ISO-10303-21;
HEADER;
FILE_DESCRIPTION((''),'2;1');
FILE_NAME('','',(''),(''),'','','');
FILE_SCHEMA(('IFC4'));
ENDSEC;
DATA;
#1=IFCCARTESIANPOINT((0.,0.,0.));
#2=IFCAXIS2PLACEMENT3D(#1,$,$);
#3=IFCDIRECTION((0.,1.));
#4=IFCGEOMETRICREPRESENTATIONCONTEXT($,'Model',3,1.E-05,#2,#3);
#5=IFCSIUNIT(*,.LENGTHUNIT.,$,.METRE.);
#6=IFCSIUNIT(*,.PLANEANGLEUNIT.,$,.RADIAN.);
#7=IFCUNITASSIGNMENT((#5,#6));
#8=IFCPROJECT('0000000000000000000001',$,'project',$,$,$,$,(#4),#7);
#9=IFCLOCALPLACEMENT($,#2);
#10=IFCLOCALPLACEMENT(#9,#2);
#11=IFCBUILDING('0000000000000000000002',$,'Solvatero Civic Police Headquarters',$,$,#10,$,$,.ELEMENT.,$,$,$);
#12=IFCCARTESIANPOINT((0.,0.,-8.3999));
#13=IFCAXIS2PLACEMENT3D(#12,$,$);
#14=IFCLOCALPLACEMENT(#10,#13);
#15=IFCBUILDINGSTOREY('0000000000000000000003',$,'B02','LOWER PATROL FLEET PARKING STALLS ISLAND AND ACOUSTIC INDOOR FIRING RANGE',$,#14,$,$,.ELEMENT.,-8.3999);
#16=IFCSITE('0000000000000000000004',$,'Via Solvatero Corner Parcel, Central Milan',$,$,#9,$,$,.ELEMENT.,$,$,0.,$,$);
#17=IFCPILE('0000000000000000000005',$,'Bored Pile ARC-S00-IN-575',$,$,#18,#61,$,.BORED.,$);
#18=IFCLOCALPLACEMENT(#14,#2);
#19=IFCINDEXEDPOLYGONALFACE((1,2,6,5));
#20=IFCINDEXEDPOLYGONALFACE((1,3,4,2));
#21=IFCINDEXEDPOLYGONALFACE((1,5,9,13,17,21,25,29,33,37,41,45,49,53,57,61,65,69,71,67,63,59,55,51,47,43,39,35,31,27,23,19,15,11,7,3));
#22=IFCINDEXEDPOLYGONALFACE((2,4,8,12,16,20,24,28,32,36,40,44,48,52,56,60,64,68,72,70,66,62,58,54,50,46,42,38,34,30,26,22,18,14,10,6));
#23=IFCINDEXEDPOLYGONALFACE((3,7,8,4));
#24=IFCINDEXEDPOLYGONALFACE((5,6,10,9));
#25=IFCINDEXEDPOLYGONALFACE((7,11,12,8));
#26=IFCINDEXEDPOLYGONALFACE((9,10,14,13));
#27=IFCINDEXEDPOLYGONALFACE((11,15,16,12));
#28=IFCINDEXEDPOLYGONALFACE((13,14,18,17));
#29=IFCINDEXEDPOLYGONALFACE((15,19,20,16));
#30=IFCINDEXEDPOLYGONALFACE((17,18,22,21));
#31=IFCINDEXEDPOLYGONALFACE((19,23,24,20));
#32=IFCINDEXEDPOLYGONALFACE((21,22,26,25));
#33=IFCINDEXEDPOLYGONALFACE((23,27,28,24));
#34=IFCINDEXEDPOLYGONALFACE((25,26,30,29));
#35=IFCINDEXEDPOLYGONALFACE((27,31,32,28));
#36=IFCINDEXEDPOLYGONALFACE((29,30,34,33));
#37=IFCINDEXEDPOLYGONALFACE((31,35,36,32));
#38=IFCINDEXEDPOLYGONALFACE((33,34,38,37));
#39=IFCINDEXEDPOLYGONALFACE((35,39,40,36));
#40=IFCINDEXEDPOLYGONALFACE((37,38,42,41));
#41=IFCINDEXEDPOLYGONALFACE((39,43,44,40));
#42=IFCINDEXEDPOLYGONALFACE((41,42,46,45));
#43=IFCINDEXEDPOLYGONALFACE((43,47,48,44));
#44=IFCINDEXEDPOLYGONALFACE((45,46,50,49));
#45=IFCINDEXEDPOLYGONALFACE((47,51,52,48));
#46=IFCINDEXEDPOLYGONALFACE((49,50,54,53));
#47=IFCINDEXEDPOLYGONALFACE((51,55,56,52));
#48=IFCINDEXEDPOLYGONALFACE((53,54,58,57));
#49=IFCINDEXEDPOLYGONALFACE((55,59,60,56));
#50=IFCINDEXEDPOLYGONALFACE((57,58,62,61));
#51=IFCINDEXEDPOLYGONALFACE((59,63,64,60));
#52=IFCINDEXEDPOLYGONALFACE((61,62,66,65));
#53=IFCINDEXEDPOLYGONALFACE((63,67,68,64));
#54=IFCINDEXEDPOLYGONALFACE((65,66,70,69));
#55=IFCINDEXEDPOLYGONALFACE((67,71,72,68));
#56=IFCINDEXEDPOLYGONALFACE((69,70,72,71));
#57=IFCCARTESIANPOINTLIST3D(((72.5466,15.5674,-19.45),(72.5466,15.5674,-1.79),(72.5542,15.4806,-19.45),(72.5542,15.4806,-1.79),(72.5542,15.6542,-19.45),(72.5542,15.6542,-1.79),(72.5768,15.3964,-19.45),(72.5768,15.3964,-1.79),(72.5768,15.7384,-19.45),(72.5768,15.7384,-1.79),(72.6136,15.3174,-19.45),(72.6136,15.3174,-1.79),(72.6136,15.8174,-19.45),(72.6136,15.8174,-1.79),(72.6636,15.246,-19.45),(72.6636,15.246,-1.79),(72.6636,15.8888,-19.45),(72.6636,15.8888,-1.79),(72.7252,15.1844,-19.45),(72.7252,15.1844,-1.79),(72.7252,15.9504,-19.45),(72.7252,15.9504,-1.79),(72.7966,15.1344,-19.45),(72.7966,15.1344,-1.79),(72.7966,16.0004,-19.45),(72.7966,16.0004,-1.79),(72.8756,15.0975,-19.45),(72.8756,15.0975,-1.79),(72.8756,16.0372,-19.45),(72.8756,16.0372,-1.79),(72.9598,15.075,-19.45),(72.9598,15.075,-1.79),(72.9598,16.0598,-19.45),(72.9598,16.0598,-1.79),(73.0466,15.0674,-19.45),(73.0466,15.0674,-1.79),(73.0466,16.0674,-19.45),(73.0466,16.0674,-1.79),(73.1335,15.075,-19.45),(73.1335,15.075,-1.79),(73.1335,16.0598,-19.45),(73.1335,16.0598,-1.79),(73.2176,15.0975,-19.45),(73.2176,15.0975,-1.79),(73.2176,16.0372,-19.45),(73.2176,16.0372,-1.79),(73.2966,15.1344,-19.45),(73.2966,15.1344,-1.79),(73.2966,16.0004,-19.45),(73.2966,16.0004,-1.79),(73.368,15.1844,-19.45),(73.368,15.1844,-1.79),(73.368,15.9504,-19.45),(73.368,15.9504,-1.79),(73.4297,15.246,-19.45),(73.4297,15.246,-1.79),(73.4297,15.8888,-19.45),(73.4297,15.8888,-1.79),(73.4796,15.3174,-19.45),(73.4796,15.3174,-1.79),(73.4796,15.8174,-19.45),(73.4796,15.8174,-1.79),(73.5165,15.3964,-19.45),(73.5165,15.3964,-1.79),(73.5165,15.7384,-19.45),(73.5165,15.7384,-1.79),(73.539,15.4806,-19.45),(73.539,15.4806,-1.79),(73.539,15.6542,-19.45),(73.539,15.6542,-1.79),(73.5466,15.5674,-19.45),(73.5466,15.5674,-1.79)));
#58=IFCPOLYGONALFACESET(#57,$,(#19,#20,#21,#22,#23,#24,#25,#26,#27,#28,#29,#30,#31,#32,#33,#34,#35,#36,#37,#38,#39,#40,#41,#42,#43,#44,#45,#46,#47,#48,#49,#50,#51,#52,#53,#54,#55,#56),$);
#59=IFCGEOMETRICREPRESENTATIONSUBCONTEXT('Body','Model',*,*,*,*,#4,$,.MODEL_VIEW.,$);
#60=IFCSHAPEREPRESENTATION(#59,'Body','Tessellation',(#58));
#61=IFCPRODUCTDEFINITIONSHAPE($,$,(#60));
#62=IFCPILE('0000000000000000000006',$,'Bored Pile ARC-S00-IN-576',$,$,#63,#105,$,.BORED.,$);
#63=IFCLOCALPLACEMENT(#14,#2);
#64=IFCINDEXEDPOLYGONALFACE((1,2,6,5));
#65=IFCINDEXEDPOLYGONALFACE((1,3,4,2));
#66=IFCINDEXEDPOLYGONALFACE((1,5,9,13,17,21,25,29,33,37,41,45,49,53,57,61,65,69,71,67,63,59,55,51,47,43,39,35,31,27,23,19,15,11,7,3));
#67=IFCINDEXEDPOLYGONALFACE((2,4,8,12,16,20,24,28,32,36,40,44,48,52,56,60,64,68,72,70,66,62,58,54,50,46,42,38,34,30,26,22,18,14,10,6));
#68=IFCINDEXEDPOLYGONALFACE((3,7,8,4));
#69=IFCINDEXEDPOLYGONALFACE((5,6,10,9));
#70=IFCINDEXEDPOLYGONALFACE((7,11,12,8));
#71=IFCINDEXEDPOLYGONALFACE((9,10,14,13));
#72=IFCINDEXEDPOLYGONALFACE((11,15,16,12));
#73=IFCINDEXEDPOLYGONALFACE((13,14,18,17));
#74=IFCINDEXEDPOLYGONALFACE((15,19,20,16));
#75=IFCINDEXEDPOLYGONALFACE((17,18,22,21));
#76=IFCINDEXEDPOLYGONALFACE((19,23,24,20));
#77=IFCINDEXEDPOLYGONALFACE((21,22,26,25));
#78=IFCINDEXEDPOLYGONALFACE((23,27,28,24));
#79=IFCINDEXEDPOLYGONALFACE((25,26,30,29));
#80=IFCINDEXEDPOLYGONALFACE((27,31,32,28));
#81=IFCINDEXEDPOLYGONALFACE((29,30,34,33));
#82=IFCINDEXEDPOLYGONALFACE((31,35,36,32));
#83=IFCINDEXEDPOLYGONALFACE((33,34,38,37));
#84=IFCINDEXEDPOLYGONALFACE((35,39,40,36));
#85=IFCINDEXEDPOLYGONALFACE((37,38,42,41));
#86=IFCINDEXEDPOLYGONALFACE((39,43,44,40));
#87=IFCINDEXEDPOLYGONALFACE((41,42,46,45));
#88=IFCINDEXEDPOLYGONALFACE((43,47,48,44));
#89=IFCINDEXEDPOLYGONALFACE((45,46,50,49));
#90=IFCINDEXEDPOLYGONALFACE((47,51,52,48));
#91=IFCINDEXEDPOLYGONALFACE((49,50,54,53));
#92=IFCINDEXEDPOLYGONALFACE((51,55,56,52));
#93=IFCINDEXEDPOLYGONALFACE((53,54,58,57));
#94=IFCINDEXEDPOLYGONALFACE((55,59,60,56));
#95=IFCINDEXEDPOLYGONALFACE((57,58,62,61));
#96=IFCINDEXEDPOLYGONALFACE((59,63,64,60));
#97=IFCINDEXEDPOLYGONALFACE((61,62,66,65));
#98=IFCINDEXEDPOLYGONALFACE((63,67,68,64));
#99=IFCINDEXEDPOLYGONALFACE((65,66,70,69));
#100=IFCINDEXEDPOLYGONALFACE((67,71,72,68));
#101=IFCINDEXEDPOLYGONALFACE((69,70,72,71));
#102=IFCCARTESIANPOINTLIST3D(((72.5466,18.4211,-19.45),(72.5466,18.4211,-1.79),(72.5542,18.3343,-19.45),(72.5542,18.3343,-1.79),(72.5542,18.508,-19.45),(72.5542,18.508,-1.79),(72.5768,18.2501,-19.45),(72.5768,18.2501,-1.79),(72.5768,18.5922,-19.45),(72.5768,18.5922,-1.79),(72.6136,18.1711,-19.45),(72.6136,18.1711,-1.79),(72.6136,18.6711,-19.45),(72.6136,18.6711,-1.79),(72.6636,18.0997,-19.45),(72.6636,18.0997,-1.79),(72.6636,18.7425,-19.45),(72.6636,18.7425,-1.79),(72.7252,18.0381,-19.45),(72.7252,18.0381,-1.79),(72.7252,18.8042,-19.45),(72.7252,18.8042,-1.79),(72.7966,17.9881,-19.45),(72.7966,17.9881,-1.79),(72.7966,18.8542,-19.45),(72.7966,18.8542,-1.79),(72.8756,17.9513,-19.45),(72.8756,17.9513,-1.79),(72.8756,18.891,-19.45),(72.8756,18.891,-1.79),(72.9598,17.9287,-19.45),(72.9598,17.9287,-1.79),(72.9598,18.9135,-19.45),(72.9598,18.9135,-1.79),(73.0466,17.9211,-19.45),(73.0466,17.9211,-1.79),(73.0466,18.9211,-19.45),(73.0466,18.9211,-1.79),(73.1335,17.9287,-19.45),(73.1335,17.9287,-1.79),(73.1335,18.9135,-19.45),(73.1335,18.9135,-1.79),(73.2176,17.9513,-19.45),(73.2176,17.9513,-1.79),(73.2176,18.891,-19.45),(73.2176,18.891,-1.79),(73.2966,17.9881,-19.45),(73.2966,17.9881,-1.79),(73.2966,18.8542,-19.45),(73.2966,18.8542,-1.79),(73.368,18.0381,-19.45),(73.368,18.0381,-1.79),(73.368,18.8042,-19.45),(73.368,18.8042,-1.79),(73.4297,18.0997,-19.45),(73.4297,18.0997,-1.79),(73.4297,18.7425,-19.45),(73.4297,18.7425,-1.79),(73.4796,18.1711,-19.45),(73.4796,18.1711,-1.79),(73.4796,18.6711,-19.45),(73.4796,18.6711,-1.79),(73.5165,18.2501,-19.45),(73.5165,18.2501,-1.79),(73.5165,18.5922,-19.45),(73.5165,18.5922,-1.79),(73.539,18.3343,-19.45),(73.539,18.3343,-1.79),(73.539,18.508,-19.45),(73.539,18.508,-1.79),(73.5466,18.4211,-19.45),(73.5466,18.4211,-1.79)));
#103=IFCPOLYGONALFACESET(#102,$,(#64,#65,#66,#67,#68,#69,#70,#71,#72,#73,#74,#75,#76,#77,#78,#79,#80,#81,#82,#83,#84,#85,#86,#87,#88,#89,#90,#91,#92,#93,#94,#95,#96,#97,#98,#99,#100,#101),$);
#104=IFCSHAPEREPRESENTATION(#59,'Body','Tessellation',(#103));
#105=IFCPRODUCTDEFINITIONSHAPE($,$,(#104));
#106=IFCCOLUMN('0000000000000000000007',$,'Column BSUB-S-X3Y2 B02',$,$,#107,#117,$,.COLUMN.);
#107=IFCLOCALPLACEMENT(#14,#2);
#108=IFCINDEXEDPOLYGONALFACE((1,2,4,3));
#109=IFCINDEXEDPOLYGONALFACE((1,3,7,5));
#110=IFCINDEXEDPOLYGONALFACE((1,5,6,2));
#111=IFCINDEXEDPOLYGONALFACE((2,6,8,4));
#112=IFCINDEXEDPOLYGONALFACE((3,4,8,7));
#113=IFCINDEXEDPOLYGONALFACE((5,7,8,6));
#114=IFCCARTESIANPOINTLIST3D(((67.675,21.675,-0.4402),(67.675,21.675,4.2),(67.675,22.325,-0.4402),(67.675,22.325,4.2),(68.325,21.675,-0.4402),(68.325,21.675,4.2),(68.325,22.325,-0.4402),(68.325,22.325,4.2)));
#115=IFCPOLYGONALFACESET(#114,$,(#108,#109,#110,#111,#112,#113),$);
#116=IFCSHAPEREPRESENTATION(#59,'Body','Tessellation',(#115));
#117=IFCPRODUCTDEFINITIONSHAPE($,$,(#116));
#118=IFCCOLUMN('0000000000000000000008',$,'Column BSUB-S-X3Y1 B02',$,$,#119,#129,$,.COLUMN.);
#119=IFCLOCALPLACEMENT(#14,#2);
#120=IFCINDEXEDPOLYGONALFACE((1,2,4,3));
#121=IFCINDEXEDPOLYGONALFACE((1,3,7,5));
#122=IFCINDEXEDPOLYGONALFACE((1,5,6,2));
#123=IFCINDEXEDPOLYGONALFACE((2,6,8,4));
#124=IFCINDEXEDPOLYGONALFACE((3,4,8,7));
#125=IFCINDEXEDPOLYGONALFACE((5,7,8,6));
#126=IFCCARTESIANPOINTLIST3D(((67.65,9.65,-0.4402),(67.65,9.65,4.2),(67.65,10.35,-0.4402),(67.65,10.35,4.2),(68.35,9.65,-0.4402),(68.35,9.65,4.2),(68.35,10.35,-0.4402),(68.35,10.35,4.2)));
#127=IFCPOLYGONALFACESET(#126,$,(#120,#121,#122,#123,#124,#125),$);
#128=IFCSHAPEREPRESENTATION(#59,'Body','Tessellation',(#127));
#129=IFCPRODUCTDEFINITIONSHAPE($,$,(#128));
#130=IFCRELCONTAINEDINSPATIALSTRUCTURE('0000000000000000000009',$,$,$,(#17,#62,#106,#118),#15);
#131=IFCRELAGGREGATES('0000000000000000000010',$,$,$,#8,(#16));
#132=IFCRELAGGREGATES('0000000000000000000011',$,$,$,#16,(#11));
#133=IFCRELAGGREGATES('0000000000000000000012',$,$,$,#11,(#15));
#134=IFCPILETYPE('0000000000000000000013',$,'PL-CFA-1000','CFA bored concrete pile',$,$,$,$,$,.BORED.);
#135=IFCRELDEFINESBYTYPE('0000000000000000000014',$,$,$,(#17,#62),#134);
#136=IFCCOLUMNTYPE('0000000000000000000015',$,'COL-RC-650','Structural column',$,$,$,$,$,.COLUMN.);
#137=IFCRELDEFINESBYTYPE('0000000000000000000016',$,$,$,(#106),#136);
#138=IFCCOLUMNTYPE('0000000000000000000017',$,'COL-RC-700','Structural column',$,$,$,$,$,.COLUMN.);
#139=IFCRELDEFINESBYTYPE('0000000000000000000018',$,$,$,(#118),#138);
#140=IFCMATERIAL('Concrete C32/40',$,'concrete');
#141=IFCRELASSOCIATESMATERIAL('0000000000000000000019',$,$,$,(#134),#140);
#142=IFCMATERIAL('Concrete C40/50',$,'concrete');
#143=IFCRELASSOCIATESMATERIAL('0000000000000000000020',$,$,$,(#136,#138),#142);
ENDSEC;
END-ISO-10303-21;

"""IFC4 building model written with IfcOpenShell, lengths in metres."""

from ifc_helpers import new_model, si_unit, direction, frame, origin, origin_2d, place, context, subcontext, project, spatial, rectangle, circle, extrude, material, material_profile, profile_set, type_object, element, save


model = new_model("IFC4")

# Units and contexts
model_context = context("Model", 3, precision=1e-05, world=origin(), true_north=direction((0.0, 1.0)))
body_context = subcontext(model_context, "Body", "Model", "MODEL_VIEW")
ifc_project = project(units=[si_unit("LENGTHUNIT", "METRE"), si_unit("PLANEANGLEUNIT", "RADIAN")], contexts=[model_context])

# Site, building, storey
site_placement = place(None, origin())
site = spatial("IfcSite", under=ifc_project, at=site_placement, Name="Via Solvatero Corner Parcel, Central Milan", CompositionType="ELEMENT", RefElevation=0.0)
building_placement = place(site_placement, origin())
building = spatial("IfcBuilding", under=site, at=building_placement, Name="Solvatero Civic Police Headquarters", CompositionType="ELEMENT")
storey_placement = place(building_placement, frame((0.0, 0.0, -8.3999)))
storey = spatial("IfcBuildingStorey", under=building, at=storey_placement, Name="B02", Description="LOWER PATROL FLEET PARKING STALLS ISLAND AND ACOUSTIC INDOOR FIRING RANGE", CompositionType="ELEMENT", Elevation=-8.3999)

# Piles
ifc_material_1 = material(Name="Concrete C32/40", Category="concrete")
ifc_material_profile_1 = material_profile(ifc_material_1, circle(Radius=0.5, at=origin_2d()), Name="CFA PILE D1000")
ifc_profile_set_1 = profile_set([ifc_material_profile_1], Name="Concrete C32/40")
pile_type = type_object("IfcPileType", Name="PL-CFA-1000", Description="CFA bored concrete pile", PredefinedType="BORED", material=ifc_profile_set_1)
for number, where, z_axis, x_axis, name in (
    (1, (73.0466, 15.5674, -1.79), (0.0, 0.0, -1.0), (1.0, 0.0, 0.0), "Bored Pile ARC-S00-IN-575"),
    (2, (73.0466, 18.4211, -1.79), (0.0, 0.0, -1.0), (1.0, 0.0, 0.0), "Bored Pile ARC-S00-IN-576"),
):
    element("IfcPile", number, at=place(storey_placement, frame(where, z_axis=z_axis, x_axis=x_axis)), inside=storey, type_object=pile_type, Name=name, PredefinedType="BORED", context=body_context, shape_type="SweptSolid", body=[
        extrude(circle(Radius=0.5, at=origin_2d()), origin(), (0.0, 0.0, 1.0), 17.6599),
    ])

# Columns
ifc_material_2 = material(Name="Concrete C40/50", Category="concrete")
ifc_material_profile_2 = material_profile(ifc_material_2, rectangle(XDim=0.6499, YDim=0.6499, at=origin_2d()), Name="RC 650x650")
ifc_profile_set_2 = profile_set([ifc_material_profile_2], Name="Concrete C40/50")
column_type_1 = type_object("IfcColumnType", Name="COL-RC-650", Description="Structural column", PredefinedType="COLUMN", material=ifc_profile_set_2)
column_1_placement = place(storey_placement, frame((68.0, 22.0, -0.4402), z_axis=(0.0, 0.0, 1.0), x_axis=(1.0, 0.0, 0.0)))
element("IfcColumn", 3, at=column_1_placement, inside=storey, type_object=column_type_1, Name="Column BSUB-S-X3Y2 B02", PredefinedType="COLUMN", context=body_context, shape_type="SweptSolid", body=[
    extrude(rectangle(XDim=0.6499, YDim=0.6499, at=origin_2d()), origin(), (0.0, 0.0, 1.0), 4.6401),
])
ifc_material_profile_3 = material_profile(ifc_material_2, rectangle(XDim=0.7, YDim=0.7, at=origin_2d()), Name="RC 700x700")
ifc_profile_set_3 = profile_set([ifc_material_profile_3], Name="Concrete C40/50")
column_type_2 = type_object("IfcColumnType", Name="COL-RC-700", Description="Structural column", PredefinedType="COLUMN", material=ifc_profile_set_3)
column_2_placement = place(storey_placement, frame((68.0, 10.0, -0.4402), z_axis=(0.0, 0.0, 1.0), x_axis=(1.0, 0.0, 0.0)))
element("IfcColumn", 4, at=column_2_placement, inside=storey, type_object=column_type_2, Name="Column BSUB-S-X3Y1 B02", PredefinedType="COLUMN", context=body_context, shape_type="SweptSolid", body=[
    extrude(rectangle(XDim=0.7, YDim=0.7, at=origin_2d()), origin(), (0.0, 0.0, 1.0), 4.6401),
])

save(model, "model.ifc")
